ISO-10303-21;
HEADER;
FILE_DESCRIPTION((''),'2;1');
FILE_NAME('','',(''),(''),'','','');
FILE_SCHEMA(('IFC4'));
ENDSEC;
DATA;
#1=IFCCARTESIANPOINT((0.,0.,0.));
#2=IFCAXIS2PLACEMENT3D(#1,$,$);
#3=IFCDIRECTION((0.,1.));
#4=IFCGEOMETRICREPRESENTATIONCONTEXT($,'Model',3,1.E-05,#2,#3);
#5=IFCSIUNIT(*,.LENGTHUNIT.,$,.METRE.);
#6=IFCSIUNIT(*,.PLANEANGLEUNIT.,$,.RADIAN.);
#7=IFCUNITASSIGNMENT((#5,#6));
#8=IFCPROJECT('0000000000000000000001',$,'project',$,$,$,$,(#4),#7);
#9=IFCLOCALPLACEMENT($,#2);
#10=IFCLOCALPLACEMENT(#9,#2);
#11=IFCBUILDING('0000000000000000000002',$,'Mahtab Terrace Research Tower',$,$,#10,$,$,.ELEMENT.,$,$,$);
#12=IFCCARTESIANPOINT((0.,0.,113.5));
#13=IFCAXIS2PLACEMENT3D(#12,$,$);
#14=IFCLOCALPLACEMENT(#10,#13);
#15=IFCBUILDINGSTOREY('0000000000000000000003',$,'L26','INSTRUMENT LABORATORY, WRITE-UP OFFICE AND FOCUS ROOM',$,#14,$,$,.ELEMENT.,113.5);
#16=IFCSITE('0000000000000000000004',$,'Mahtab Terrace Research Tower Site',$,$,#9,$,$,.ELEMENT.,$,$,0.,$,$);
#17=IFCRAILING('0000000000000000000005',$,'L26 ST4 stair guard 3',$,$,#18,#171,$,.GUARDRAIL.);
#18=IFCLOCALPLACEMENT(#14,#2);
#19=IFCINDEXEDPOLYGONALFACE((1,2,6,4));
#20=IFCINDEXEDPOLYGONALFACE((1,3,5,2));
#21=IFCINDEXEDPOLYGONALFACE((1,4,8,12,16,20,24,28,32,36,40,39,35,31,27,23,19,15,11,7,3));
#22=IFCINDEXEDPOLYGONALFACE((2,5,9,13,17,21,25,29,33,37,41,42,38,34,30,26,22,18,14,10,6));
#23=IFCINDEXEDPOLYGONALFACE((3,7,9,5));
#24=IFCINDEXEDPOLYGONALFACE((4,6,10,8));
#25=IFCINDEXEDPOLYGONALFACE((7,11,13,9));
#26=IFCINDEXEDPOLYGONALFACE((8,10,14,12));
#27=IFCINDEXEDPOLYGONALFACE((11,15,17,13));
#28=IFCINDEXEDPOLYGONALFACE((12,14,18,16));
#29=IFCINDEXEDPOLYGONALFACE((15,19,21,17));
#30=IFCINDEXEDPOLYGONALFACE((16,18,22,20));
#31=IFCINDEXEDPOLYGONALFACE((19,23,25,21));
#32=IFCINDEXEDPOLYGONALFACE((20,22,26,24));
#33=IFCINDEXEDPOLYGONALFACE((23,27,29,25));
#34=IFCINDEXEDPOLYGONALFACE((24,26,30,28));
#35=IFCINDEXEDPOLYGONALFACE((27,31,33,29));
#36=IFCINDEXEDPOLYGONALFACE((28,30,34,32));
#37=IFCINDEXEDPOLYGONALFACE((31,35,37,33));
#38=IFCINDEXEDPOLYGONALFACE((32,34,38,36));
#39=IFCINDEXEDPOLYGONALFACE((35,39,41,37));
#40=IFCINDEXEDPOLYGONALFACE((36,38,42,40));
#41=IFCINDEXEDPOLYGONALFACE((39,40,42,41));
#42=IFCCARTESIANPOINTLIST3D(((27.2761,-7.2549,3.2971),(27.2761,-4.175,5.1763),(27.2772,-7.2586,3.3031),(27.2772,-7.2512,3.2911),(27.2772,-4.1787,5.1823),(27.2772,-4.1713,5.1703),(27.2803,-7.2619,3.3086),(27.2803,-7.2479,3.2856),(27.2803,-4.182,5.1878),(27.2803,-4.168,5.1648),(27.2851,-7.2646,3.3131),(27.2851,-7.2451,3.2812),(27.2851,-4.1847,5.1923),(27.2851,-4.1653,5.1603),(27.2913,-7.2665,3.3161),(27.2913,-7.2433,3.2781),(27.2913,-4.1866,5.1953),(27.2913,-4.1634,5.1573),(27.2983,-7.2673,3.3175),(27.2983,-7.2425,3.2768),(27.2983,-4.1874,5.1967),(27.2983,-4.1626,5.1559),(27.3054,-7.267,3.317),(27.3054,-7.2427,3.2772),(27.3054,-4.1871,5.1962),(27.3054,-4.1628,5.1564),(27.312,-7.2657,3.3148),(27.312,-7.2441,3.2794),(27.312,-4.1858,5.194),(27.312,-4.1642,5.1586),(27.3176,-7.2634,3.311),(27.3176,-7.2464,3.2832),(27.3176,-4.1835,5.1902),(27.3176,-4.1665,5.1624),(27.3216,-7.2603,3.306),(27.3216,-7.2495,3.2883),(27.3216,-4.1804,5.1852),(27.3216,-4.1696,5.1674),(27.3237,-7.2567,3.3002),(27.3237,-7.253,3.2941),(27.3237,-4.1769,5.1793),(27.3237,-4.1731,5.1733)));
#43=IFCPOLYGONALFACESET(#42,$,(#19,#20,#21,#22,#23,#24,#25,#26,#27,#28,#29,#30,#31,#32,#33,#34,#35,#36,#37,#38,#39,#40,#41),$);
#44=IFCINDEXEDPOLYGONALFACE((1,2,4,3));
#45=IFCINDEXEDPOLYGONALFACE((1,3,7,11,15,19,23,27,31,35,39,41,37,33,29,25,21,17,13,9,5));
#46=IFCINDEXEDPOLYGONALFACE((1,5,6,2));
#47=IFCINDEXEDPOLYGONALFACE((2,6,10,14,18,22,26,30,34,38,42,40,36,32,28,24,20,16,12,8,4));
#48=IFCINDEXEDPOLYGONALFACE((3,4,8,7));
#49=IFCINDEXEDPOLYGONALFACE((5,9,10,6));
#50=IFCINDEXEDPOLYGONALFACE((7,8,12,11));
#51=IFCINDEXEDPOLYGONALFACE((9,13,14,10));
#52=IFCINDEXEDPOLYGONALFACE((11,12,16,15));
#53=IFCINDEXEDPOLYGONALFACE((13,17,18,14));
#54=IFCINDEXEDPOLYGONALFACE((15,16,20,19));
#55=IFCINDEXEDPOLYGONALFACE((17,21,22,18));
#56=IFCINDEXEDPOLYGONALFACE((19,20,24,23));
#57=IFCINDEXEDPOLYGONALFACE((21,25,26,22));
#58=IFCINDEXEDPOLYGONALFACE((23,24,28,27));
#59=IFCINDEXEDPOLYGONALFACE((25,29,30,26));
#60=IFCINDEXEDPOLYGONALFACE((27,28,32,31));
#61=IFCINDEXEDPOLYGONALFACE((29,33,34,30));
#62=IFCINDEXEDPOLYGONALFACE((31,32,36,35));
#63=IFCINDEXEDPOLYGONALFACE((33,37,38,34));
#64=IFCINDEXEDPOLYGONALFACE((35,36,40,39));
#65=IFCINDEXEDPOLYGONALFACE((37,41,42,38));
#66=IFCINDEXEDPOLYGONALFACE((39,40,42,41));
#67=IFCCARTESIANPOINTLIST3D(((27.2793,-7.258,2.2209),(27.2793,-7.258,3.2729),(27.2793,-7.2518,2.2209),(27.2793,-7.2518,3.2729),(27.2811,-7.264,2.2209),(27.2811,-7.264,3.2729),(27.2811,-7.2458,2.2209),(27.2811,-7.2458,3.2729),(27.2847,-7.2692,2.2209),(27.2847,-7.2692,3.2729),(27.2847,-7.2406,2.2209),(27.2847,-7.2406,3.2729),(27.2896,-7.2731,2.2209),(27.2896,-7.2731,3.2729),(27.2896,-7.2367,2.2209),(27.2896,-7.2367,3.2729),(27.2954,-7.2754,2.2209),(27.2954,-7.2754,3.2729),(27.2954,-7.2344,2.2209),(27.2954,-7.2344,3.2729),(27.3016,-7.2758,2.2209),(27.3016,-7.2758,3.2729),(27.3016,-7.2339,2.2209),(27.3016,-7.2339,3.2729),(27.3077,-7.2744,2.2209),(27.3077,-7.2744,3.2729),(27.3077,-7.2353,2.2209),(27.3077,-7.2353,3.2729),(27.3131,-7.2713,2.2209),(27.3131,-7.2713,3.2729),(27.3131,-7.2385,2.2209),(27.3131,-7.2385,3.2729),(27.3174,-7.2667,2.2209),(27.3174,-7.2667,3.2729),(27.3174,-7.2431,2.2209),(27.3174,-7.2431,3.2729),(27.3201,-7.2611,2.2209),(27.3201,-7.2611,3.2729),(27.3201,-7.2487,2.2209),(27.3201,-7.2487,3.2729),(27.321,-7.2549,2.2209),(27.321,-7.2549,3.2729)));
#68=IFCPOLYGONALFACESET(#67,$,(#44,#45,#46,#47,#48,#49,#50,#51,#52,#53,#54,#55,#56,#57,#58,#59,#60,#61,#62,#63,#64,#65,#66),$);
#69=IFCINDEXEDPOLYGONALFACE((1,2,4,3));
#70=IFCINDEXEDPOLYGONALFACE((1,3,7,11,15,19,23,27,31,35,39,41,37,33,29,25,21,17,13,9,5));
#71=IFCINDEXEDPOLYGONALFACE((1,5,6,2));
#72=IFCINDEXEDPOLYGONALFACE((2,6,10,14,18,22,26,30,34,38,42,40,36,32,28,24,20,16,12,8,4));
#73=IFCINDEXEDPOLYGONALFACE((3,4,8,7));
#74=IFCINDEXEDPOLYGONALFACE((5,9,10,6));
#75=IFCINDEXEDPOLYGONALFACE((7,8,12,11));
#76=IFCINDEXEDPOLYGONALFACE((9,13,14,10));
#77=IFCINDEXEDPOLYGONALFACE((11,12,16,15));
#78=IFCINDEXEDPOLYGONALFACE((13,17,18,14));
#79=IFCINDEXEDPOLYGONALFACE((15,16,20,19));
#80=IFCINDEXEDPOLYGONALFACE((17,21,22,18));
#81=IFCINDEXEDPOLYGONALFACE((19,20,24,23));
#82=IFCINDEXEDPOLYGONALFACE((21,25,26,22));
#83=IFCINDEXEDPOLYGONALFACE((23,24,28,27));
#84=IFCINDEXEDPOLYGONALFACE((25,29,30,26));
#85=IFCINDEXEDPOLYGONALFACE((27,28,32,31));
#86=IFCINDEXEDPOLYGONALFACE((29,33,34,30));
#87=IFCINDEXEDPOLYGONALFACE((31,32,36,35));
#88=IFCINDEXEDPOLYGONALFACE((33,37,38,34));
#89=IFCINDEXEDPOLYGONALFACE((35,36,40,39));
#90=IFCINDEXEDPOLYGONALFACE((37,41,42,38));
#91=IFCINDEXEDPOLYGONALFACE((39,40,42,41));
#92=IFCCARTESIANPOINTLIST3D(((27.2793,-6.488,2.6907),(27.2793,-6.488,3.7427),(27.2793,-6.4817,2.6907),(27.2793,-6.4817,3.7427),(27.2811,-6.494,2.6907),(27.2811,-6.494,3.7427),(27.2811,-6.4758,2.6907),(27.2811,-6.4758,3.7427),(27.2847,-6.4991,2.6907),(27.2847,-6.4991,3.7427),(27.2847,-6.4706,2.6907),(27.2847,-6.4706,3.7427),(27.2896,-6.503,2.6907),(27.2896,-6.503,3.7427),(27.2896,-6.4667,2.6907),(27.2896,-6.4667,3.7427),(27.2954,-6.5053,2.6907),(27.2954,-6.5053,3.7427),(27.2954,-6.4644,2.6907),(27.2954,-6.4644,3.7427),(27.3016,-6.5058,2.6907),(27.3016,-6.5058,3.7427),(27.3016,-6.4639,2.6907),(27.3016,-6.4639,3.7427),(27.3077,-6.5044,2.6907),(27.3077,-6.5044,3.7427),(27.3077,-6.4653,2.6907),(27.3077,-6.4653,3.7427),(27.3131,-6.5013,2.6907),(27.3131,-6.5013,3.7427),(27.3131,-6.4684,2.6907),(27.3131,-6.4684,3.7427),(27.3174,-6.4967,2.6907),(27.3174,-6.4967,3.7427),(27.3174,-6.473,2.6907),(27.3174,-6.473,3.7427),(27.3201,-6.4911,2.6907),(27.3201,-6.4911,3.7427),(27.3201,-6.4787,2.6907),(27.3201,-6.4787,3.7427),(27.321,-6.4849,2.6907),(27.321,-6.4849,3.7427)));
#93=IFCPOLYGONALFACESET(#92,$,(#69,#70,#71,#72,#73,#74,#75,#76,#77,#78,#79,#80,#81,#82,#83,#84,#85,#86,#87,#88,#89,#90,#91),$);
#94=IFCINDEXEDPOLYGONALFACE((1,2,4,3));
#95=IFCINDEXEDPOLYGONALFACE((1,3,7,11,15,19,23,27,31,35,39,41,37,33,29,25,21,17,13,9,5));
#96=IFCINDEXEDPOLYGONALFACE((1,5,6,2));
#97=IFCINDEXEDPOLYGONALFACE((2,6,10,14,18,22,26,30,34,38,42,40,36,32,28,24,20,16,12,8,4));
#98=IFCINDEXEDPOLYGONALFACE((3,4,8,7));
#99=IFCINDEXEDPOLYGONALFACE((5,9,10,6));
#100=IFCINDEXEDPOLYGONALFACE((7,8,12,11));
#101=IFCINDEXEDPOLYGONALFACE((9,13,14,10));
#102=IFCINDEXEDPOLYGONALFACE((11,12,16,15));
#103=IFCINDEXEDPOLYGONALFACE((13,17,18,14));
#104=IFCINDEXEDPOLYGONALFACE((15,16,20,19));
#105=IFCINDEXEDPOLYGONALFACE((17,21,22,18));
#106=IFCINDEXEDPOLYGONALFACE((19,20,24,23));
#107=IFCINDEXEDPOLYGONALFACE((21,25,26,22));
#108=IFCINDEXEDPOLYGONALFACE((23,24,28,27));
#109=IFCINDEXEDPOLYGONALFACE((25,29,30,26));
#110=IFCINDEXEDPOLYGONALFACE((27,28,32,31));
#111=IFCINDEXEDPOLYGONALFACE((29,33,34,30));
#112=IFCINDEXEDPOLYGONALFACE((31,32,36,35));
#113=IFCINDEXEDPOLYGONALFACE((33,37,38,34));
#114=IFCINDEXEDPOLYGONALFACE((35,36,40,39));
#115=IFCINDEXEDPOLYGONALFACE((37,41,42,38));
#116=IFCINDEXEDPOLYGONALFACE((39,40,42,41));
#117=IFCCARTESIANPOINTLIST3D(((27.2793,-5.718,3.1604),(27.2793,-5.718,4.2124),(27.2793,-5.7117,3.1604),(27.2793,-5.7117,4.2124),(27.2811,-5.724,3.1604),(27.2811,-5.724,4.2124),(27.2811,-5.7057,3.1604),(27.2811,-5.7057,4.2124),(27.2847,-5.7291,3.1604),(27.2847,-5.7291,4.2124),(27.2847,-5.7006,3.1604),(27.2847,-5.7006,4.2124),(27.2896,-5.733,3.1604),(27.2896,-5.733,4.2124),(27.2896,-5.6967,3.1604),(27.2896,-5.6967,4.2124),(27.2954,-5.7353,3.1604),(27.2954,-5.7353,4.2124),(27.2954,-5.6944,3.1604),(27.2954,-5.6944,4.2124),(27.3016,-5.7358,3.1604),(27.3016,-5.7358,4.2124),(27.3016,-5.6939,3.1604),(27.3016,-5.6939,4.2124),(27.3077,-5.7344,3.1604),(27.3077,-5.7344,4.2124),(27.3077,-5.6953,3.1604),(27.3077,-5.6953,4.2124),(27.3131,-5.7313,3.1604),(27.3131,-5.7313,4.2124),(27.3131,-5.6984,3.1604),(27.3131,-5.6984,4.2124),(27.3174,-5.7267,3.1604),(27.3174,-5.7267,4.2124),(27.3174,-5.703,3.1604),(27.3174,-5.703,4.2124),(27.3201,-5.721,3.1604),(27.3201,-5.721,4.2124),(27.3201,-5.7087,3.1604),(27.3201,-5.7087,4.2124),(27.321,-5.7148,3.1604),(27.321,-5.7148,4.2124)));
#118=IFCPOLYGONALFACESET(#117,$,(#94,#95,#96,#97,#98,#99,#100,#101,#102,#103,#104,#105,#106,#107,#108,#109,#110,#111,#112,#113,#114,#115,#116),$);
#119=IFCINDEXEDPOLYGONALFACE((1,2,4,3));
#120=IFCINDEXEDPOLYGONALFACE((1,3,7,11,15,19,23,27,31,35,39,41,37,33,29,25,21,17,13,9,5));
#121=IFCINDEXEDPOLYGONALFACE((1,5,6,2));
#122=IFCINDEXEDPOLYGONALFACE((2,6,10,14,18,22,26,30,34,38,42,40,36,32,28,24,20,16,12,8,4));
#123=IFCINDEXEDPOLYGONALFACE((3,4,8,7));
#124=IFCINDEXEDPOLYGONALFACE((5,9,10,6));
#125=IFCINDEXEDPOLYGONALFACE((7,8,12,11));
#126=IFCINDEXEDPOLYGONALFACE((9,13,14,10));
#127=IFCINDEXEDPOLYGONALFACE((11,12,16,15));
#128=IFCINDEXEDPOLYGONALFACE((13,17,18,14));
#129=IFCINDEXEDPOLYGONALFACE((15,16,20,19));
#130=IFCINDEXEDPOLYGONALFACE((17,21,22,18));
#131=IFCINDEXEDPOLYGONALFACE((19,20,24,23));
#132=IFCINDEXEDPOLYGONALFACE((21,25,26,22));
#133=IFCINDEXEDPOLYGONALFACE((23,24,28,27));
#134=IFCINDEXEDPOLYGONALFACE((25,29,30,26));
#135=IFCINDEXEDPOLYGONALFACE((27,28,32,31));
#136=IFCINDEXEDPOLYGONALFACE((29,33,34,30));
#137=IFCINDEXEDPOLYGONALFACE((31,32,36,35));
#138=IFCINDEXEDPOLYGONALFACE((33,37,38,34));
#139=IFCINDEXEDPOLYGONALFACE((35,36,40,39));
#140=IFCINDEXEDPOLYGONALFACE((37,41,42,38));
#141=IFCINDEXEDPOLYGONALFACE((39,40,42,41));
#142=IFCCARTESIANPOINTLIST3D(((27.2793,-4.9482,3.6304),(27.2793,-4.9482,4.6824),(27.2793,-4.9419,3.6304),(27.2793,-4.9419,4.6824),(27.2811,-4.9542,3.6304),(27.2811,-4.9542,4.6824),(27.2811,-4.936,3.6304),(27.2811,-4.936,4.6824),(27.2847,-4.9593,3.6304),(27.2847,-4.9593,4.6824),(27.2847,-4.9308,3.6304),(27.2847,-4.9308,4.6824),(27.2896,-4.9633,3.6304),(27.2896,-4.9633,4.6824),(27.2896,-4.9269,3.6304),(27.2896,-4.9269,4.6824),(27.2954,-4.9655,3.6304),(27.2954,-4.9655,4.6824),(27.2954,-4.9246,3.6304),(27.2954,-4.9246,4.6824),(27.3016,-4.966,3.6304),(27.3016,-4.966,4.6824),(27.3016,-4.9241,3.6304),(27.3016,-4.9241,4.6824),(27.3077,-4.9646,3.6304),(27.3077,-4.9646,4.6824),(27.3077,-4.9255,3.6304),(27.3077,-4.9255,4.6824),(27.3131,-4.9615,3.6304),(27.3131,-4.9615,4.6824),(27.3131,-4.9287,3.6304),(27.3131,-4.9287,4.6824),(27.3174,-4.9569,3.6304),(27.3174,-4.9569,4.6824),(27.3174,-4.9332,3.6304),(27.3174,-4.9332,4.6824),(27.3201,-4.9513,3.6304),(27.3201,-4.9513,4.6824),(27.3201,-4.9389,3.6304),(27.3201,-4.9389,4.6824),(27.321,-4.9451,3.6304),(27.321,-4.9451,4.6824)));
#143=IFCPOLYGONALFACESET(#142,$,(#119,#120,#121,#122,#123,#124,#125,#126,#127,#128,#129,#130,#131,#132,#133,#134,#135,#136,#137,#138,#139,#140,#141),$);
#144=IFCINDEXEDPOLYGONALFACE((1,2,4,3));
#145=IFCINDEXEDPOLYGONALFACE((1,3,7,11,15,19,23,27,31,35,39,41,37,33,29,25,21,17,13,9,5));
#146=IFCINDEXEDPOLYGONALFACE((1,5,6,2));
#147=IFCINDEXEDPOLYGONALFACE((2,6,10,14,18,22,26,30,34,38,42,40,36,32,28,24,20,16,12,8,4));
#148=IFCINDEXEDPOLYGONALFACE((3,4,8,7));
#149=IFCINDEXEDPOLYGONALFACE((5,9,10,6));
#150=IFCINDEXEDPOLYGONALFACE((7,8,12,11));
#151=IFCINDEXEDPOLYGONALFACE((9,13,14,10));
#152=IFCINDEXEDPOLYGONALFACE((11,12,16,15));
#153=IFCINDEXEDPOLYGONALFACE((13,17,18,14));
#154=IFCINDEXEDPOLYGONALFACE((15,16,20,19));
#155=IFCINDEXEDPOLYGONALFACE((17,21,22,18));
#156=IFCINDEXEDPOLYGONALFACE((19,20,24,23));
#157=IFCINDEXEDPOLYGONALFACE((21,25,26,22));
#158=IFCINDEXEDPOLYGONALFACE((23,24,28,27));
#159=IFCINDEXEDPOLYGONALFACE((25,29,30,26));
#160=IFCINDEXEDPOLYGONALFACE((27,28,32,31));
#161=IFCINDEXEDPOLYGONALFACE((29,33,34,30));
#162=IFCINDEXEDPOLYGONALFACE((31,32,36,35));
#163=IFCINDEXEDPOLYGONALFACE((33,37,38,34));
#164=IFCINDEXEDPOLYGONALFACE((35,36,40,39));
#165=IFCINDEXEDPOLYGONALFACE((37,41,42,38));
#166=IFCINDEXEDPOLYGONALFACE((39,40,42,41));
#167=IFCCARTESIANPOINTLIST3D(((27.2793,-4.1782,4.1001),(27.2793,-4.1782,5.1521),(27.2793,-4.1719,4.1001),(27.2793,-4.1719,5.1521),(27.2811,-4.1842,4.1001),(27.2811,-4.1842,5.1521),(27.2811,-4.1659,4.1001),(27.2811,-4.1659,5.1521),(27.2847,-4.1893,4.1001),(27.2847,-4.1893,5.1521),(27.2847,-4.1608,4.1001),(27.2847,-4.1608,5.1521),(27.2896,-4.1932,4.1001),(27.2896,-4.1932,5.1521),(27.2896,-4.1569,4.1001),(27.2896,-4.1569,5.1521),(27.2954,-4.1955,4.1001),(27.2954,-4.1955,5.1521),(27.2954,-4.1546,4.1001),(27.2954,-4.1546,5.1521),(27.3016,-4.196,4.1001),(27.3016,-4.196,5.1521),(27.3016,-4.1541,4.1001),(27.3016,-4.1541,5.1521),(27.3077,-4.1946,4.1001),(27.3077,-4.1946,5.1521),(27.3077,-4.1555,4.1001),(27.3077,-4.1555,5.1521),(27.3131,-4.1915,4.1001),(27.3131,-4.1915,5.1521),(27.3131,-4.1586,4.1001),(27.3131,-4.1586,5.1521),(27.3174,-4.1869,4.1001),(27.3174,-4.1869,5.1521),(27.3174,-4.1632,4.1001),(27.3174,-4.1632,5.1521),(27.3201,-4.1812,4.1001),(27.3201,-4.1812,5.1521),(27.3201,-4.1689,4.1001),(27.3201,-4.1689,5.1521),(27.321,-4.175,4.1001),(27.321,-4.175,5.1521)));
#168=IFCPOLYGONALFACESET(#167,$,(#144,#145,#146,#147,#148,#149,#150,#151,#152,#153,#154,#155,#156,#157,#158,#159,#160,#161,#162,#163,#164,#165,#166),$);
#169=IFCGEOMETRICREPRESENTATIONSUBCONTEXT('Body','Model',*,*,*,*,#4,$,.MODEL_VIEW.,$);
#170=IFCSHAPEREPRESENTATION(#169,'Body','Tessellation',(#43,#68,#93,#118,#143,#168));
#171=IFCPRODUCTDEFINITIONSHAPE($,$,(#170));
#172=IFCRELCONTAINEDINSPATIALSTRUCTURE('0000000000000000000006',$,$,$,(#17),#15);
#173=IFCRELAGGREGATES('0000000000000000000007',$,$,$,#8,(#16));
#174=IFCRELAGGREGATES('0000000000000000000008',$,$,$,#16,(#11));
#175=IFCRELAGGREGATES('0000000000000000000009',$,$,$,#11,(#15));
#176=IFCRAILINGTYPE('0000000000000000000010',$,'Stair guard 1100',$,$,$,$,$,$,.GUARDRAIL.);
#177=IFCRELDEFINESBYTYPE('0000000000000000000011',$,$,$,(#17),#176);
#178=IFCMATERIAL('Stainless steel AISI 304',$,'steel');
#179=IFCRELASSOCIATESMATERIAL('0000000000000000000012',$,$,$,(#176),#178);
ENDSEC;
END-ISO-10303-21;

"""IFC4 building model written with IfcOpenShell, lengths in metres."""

from ifc_helpers import new_model, si_unit, direction, frame, origin, origin_2d, place, context, subcontext, project, spatial, circle, extrude, material, type_object, element, save


model = new_model("IFC4")

# Units and contexts
model_context = context("Model", 3, precision=1e-05, world=origin(), true_north=direction((0.0, 1.0)))
body_context = subcontext(model_context, "Body", "Model", "MODEL_VIEW")
ifc_project = project(units=[si_unit("LENGTHUNIT", "METRE"), si_unit("PLANEANGLEUNIT", "RADIAN")], contexts=[model_context])

# Site, building, storey
site_placement = place(None, origin())
site = spatial("IfcSite", under=ifc_project, at=site_placement, Name="Mahtab Terrace Research Tower Site", CompositionType="ELEMENT", RefElevation=0.0)
building_placement = place(site_placement, origin())
building = spatial("IfcBuilding", under=site, at=building_placement, Name="Mahtab Terrace Research Tower", CompositionType="ELEMENT")
storey_placement = place(building_placement, frame((0.0, 0.0, 113.5)))
storey = spatial("IfcBuildingStorey", under=building, at=storey_placement, Name="L26", Description="INSTRUMENT LABORATORY, WRITE-UP OFFICE AND FOCUS ROOM", CompositionType="ELEMENT", Elevation=113.5)

# Railing
ifc_material_1 = material(Name="Stainless steel AISI 304", Category="steel")
railing_type_1 = type_object("IfcRailingType", Name="Stair guard 1100", PredefinedType="GUARDRAIL", material=ifc_material_1)
railing_1_placement = place(storey_placement, frame((27.3, -7.2549, 2.2209)))
element("IfcRailing", 1, at=railing_1_placement, inside=storey, type_object=railing_type_1, Name="L26 ST4 stair guard 3", PredefinedType="GUARDRAIL", context=body_context, shape_type="SweptSolid", body=[
    extrude(circle(Radius=0.0239, at=origin_2d()), frame((0.0, 0.0, 1.0762), z_axis=(0.0, 0.853648, 0.52085), x_axis=(-1.0, 0.0, 0.0)), (0.0, 0.0, 1.0), 3.6079),
    extrude(circle(Radius=0.021, at=origin_2d()), origin(), (0.0, 0.0, 1.0), 1.052),
    extrude(circle(Radius=0.021, at=origin_2d()), frame((0.0, 0.77, 0.4697)), (0.0, 0.0, 1.0), 1.052),
    extrude(circle(Radius=0.021, at=origin_2d()), frame((0.0, 1.54, 0.9395)), (0.0, 0.0, 1.0), 1.052),
    extrude(circle(Radius=0.021, at=origin_2d()), frame((0.0, 2.3098, 1.4094)), (0.0, 0.0, 1.0), 1.052),
    extrude(circle(Radius=0.021, at=origin_2d()), frame((0.0, 3.0798, 1.8792)), (0.0, 0.0, 1.0), 1.052),
])

save(model, "model.ifc")
